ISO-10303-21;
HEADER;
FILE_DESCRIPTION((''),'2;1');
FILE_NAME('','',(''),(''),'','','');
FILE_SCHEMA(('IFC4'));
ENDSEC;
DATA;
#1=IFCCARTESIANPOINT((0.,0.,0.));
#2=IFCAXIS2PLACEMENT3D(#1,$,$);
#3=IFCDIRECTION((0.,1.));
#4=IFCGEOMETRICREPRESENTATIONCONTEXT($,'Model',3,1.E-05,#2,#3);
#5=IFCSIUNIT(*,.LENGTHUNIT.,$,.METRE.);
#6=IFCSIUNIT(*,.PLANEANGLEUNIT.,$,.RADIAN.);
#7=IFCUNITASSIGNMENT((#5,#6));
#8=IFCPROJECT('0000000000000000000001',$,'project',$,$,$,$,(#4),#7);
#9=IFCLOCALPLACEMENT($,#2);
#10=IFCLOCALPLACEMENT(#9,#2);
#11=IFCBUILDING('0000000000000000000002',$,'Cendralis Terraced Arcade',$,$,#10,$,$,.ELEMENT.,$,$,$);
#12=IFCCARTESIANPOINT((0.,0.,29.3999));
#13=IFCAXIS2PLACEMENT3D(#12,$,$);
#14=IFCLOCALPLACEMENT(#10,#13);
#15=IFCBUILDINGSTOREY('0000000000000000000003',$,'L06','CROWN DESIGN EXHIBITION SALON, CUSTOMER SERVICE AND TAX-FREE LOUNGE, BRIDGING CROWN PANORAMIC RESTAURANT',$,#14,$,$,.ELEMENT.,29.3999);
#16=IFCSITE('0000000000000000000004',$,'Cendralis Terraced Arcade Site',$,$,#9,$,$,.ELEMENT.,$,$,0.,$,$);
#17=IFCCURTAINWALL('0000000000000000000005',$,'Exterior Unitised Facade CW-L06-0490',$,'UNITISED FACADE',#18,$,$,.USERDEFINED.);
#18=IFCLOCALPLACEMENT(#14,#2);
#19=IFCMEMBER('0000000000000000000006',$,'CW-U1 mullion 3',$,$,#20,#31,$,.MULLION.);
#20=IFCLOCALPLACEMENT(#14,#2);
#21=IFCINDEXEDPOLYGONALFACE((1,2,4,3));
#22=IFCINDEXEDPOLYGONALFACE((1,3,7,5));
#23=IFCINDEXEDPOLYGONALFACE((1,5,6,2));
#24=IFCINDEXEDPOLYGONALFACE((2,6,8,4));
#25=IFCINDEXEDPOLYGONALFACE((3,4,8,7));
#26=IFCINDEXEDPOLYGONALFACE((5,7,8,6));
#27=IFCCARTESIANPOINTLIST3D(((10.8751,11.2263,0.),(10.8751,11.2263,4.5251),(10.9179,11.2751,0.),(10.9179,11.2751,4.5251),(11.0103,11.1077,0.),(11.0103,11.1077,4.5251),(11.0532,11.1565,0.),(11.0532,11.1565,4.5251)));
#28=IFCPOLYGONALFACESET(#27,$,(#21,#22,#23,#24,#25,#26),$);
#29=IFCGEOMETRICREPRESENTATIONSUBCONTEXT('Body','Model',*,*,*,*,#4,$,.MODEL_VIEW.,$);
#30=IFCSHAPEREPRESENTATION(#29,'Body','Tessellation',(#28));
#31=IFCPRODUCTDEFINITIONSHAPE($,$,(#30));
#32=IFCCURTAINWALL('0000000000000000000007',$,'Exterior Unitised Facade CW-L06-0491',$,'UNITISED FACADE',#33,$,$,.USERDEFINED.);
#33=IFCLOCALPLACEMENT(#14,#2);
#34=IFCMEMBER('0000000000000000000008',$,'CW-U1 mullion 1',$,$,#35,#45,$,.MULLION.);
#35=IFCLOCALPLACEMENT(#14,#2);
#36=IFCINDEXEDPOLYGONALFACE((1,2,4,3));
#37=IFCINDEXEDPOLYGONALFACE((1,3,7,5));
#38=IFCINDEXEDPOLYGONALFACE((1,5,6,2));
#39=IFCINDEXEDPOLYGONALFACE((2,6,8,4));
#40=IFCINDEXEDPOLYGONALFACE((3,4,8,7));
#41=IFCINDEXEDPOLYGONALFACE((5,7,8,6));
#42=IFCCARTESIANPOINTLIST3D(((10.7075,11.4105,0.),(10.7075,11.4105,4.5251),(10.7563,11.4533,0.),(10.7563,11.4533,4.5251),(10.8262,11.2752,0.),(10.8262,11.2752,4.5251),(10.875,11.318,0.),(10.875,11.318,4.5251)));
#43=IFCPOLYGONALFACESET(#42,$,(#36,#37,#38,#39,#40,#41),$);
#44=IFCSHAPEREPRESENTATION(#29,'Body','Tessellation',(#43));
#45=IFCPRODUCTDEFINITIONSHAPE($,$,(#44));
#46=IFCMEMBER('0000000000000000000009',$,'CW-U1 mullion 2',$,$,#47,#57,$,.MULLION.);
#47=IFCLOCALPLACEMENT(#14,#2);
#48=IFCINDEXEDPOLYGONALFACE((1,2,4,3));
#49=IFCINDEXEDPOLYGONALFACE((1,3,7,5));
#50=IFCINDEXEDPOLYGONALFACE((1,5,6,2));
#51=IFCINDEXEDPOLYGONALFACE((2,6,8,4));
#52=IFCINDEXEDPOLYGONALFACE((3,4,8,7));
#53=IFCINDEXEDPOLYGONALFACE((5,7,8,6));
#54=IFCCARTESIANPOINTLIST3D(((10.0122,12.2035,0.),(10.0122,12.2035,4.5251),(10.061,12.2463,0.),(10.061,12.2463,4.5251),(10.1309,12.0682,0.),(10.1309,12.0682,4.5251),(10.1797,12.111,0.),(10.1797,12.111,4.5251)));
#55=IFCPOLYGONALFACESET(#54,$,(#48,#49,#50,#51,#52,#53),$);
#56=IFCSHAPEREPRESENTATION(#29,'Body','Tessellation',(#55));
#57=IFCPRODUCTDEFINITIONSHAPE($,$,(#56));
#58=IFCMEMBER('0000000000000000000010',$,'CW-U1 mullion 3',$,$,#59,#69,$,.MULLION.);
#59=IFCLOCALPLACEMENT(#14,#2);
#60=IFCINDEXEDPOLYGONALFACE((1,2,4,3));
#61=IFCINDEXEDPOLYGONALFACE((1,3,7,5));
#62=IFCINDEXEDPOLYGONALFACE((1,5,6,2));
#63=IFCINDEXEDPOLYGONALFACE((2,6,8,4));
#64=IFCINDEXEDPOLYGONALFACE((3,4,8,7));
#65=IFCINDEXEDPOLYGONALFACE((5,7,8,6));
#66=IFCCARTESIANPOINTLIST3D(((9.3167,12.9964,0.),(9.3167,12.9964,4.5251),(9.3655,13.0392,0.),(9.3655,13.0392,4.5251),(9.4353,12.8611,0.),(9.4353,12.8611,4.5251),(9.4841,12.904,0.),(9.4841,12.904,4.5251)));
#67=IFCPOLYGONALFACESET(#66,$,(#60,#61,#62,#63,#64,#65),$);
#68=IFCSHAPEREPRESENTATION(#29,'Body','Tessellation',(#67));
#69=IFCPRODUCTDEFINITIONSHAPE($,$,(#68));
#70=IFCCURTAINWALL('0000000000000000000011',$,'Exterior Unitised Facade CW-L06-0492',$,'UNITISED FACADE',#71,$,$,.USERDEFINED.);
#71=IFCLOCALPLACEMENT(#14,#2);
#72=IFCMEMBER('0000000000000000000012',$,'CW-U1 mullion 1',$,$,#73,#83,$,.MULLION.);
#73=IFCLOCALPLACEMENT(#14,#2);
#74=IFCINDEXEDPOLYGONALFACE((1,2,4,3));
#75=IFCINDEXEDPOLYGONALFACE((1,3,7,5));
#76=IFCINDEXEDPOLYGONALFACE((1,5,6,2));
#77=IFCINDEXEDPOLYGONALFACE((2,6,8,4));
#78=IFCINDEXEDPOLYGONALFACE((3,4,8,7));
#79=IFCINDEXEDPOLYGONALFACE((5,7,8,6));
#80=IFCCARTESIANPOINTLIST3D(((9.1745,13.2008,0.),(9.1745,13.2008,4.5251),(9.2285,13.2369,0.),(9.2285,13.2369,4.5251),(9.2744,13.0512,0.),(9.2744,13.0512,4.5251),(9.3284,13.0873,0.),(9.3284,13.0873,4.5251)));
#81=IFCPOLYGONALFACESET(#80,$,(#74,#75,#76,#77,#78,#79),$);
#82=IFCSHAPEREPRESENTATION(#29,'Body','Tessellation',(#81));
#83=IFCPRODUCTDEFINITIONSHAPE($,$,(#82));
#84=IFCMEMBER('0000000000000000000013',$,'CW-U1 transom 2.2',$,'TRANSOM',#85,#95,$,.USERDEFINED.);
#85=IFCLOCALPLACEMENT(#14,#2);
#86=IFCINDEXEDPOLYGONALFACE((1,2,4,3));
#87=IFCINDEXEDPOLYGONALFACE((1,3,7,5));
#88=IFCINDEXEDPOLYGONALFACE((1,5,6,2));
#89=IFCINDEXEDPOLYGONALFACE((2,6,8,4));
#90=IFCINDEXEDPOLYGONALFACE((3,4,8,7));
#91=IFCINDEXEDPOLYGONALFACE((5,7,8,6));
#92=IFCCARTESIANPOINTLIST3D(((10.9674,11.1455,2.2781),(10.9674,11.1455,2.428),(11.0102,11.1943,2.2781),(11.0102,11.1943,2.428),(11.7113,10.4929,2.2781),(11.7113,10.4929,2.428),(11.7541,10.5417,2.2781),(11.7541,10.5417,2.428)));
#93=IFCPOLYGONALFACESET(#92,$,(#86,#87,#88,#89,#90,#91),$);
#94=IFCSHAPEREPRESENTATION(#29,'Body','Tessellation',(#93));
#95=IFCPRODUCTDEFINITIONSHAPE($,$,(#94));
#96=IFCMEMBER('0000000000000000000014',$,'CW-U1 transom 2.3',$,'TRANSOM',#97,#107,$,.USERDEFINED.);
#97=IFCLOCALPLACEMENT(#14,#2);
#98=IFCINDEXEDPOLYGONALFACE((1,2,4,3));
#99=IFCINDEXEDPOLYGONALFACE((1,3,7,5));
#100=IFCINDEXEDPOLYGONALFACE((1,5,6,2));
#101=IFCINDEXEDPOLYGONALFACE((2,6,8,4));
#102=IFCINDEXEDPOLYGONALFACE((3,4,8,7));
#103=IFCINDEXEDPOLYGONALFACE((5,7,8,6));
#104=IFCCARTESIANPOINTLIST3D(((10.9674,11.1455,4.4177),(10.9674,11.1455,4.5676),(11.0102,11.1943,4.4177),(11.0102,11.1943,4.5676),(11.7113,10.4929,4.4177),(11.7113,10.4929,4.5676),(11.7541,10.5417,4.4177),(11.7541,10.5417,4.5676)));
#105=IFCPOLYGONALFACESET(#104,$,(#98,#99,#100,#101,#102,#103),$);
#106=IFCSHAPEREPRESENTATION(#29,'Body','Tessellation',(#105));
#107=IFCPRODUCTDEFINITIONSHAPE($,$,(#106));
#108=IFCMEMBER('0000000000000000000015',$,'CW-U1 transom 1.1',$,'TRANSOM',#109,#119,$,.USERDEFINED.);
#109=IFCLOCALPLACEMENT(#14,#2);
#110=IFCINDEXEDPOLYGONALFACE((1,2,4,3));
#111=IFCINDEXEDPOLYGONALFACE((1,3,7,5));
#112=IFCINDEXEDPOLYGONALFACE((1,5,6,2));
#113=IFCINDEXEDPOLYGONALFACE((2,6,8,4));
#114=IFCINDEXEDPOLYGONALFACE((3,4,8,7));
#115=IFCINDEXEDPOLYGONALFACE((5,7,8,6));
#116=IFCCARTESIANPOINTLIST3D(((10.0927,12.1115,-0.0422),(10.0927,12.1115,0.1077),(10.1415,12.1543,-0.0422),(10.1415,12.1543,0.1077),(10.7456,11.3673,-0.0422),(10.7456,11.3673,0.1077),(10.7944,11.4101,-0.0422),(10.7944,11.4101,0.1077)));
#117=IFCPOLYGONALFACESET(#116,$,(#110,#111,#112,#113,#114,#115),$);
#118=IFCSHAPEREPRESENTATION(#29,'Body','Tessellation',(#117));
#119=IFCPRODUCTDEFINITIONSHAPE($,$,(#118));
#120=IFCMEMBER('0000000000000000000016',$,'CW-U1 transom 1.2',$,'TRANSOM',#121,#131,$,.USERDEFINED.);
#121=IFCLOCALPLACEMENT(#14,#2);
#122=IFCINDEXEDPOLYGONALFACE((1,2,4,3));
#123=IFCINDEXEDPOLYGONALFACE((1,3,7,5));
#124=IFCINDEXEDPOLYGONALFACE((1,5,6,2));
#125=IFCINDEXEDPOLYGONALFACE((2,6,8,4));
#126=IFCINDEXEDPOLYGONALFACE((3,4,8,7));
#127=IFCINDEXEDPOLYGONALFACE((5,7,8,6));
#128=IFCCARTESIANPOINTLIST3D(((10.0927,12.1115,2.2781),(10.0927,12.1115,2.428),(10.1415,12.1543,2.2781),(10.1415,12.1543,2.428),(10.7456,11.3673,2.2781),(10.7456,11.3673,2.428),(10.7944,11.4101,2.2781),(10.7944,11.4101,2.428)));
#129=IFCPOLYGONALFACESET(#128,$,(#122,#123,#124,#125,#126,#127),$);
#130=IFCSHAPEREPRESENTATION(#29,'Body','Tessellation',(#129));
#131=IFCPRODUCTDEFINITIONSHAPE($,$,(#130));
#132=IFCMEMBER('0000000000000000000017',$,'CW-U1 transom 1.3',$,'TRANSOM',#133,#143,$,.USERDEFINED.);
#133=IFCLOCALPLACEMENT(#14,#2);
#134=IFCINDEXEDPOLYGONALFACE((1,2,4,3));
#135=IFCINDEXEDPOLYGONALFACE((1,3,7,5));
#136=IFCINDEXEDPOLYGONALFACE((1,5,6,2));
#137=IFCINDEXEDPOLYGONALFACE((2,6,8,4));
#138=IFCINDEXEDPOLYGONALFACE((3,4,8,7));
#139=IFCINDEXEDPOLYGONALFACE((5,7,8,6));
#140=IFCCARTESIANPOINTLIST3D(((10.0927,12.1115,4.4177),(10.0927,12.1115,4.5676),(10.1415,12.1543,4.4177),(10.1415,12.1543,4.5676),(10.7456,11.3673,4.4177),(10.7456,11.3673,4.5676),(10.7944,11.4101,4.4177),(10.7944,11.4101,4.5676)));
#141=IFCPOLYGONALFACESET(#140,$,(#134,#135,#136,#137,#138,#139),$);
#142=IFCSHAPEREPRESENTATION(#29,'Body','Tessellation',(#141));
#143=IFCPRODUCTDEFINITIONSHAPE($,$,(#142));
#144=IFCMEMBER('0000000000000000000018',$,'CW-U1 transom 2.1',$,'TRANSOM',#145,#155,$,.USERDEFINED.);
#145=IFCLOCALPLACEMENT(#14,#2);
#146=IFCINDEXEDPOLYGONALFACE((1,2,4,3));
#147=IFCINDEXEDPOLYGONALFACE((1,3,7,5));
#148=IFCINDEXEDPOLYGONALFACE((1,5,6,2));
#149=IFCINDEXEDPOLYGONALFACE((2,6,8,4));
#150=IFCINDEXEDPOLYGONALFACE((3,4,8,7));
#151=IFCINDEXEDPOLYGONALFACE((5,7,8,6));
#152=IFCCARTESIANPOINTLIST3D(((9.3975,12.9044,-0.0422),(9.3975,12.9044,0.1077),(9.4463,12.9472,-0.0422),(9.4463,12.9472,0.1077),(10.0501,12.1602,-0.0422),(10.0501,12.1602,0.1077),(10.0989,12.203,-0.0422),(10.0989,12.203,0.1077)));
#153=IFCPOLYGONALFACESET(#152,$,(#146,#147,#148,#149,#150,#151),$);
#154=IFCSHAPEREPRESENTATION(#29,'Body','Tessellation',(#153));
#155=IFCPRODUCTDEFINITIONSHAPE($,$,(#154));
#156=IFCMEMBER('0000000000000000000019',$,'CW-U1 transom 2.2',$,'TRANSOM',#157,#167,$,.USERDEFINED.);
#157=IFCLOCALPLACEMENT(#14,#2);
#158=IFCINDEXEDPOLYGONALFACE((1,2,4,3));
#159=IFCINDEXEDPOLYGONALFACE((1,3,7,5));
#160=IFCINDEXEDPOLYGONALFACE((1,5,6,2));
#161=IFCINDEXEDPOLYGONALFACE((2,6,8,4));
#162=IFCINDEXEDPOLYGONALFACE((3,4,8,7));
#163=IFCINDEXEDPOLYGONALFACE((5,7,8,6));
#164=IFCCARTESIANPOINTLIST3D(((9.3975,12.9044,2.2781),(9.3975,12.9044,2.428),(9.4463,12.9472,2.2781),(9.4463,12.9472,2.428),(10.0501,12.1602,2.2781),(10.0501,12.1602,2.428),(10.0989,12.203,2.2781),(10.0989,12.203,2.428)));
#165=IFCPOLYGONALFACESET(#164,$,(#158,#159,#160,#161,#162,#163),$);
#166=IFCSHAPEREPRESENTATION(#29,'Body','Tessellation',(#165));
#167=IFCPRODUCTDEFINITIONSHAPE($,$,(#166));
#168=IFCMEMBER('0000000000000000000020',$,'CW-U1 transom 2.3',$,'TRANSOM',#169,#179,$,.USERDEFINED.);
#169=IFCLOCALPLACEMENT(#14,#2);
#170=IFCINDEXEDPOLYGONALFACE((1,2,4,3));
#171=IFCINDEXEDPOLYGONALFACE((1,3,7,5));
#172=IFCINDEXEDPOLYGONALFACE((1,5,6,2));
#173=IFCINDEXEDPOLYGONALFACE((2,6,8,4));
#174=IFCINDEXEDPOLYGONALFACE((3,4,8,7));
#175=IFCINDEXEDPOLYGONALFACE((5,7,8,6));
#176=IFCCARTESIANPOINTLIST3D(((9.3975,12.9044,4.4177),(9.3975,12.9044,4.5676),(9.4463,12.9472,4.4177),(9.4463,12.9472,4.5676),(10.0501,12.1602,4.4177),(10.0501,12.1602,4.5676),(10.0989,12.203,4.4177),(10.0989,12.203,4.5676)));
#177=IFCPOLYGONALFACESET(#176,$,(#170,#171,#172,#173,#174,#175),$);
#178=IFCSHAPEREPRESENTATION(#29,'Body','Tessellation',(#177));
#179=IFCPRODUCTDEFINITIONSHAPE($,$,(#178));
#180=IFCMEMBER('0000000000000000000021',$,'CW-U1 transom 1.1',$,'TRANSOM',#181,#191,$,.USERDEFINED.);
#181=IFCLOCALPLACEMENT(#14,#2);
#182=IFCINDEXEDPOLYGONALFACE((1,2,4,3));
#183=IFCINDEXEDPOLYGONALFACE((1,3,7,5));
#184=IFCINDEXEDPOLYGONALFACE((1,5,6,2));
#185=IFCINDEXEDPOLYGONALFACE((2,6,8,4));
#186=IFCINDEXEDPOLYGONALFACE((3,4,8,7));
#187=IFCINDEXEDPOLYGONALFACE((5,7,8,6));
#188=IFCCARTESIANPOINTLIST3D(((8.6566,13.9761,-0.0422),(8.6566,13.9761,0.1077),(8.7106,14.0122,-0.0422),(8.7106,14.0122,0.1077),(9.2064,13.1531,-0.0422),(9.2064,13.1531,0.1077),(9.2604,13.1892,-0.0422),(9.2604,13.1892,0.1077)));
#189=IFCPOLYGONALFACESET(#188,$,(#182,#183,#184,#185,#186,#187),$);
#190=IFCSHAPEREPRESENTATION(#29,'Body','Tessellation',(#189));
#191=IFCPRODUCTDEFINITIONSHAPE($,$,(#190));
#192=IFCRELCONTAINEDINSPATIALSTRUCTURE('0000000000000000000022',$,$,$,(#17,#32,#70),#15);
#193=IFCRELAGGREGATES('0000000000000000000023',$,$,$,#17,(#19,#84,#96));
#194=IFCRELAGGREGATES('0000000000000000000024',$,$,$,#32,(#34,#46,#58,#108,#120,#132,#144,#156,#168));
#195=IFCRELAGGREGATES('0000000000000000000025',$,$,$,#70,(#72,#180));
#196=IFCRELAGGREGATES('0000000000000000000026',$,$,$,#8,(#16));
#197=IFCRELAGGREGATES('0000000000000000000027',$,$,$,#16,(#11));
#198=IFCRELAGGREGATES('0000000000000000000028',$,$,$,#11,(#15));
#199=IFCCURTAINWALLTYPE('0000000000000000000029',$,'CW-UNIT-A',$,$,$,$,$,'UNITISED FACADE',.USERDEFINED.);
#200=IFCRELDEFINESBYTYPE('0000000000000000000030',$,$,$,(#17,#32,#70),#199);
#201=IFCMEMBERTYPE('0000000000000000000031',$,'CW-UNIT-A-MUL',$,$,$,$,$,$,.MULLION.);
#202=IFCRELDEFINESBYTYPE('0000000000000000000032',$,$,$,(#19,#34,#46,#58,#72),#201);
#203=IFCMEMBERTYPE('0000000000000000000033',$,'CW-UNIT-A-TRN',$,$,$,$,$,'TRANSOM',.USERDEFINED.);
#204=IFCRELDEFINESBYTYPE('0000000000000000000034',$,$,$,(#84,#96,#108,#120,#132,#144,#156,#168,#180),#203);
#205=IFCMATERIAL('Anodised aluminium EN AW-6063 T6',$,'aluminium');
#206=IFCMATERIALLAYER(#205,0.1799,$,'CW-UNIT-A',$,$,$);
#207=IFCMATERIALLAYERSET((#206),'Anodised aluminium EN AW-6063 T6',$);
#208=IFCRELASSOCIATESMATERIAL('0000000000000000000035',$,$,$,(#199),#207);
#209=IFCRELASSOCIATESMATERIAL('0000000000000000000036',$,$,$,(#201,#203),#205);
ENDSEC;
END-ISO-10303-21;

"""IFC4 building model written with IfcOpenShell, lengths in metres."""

from ifc_helpers import new_model, si_unit, direction, frame, origin, origin_2d, place, context, subcontext, project, spatial, rectangle, extrude, material, layer, layer_set, material_profile, profile_set, type_object, element, aggregate, save


model = new_model("IFC4")

# Units and contexts
model_context = context("Model", 3, precision=1e-05, world=origin(), true_north=direction((0.0, 1.0)))
body_context = subcontext(model_context, "Body", "Model", "MODEL_VIEW")
ifc_project = project(units=[si_unit("LENGTHUNIT", "METRE"), si_unit("PLANEANGLEUNIT", "RADIAN")], contexts=[model_context])

# Site, building, storey
site_placement = place(None, origin())
site = spatial("IfcSite", under=ifc_project, at=site_placement, Name="Cendralis Terraced Arcade Site", CompositionType="ELEMENT", RefElevation=0.0)
building_placement = place(site_placement, origin())
building = spatial("IfcBuilding", under=site, at=building_placement, Name="Cendralis Terraced Arcade", CompositionType="ELEMENT")
storey_placement = place(building_placement, frame((0.0, 0.0, 29.3999)))
storey = spatial("IfcBuildingStorey", under=building, at=storey_placement, Name="L06", Description="CROWN DESIGN EXHIBITION SALON, CUSTOMER SERVICE AND TAX-FREE LOUNGE, BRIDGING CROWN PANORAMIC RESTAURANT", CompositionType="ELEMENT", Elevation=29.3999)

# Curtain wall, member
ifc_material_1 = material(Name="Anodised aluminium EN AW-6063 T6", Category="aluminium")
ifc_layer_1 = layer(ifc_material_1, 0.1799, Name="CW-UNIT-A")
ifc_layer_set_1 = layer_set([ifc_layer_1], Name="Anodised aluminium EN AW-6063 T6")
curtain_wall_type = type_object("IfcCurtainWallType", Name="CW-UNIT-A", ElementType="UNITISED FACADE", PredefinedType="USERDEFINED", material=ifc_layer_set_1)
curtain_wall_1_placement = place(storey_placement, origin())
curtain_wall_1 = element("IfcCurtainWall", 1, at=curtain_wall_1_placement, inside=storey, type_object=curtain_wall_type, Name="Exterior Unitised Facade CW-L06-0490", ObjectType="UNITISED FACADE", PredefinedType="USERDEFINED")
ifc_material_profile_1 = material_profile(ifc_material_1, rectangle(XDim=0.0649, YDim=0.1799, at=origin_2d()), Name="ALU-MUL-65x180")
ifc_profile_set_1 = profile_set([ifc_material_profile_1], Name="Anodised aluminium EN AW-6063 T6")
member_type_1 = type_object("IfcMemberType", Name="CW-UNIT-A-MUL", PredefinedType="MULLION", material=ifc_profile_set_1)
member_1_placement = place(storey_placement, frame((10.9641, 11.1914, 0.0), z_axis=(0.0, 0.0, 1.0), x_axis=(-0.659403, -0.75179, 0.0)))
member_1 = element("IfcMember", 2, at=member_1_placement, type_object=member_type_1, Name="CW-U1 mullion 3", PredefinedType="MULLION", context=body_context, shape_type="SweptSolid", body=[
    extrude(rectangle(XDim=0.0649, YDim=0.1799, at=origin_2d()), origin(), (0.0, 0.0, 1.0), 4.5251),
])

# Curtain wall, members
curtain_wall_2_placement = place(storey_placement, origin())
curtain_wall_2 = element("IfcCurtainWall", 3, at=curtain_wall_2_placement, inside=storey, type_object=curtain_wall_type, Name="Exterior Unitised Facade CW-L06-0491", ObjectType="UNITISED FACADE", PredefinedType="USERDEFINED")
member_2_placement = place(storey_placement, frame((10.7913, 11.3643, 0.0), z_axis=(0.0, 0.0, 1.0), x_axis=(-0.75179, -0.659403, 0.0)))
member_2 = element("IfcMember", 4, at=member_2_placement, type_object=member_type_1, Name="CW-U1 mullion 1", PredefinedType="MULLION", context=body_context, shape_type="SweptSolid", body=[
    extrude(rectangle(XDim=0.0649, YDim=0.1799, at=origin_2d()), origin(), (0.0, 0.0, 1.0), 4.5251),
])
member_3_placement = place(storey_placement, frame((10.0959, 12.1572, 0.0), z_axis=(0.0, 0.0, 1.0), x_axis=(-0.75179, -0.659403, 0.0)))
member_3 = element("IfcMember", 5, at=member_3_placement, type_object=member_type_1, Name="CW-U1 mullion 2", PredefinedType="MULLION", context=body_context, shape_type="SweptSolid", body=[
    extrude(rectangle(XDim=0.0649, YDim=0.1799, at=origin_2d()), origin(), (0.0, 0.0, 1.0), 4.5251),
])
member_4_placement = place(storey_placement, frame((9.4004, 12.9502, 0.0), z_axis=(0.0, 0.0, 1.0), x_axis=(-0.75179, -0.659403, 0.0)))
member_4 = element("IfcMember", 6, at=member_4_placement, type_object=member_type_1, Name="CW-U1 mullion 3", PredefinedType="MULLION", context=body_context, shape_type="SweptSolid", body=[
    extrude(rectangle(XDim=0.0649, YDim=0.1799, at=origin_2d()), origin(), (0.0, 0.0, 1.0), 4.5251),
])

# Curtain wall, member
curtain_wall_3_placement = place(storey_placement, origin())
curtain_wall_3 = element("IfcCurtainWall", 7, at=curtain_wall_3_placement, inside=storey, type_object=curtain_wall_type, Name="Exterior Unitised Facade CW-L06-0492", ObjectType="UNITISED FACADE", PredefinedType="USERDEFINED")
member_5_placement = place(storey_placement, frame((9.2515, 13.144, 0.0), z_axis=(0.0, 0.0, 1.0), x_axis=(-0.831477, -0.555559, 0.0)))
member_5 = element("IfcMember", 8, at=member_5_placement, type_object=member_type_1, Name="CW-U1 mullion 1", PredefinedType="MULLION", context=body_context, shape_type="SweptSolid", body=[
    extrude(rectangle(XDim=0.0649, YDim=0.1799, at=origin_2d()), origin(), (0.0, 0.0, 1.0), 4.5251),
])

# Members
ifc_material_profile_2 = material_profile(ifc_material_1, rectangle(XDim=0.0649, YDim=0.1499, at=origin_2d()), Name="ALU-TRN-65x150")
ifc_profile_set_2 = profile_set([ifc_material_profile_2], Name="Anodised aluminium EN AW-6063 T6")
member_type_2 = type_object("IfcMemberType", Name="CW-UNIT-A-TRN", ElementType="TRANSOM", PredefinedType="USERDEFINED", material=ifc_profile_set_2)
member_6_placement = place(storey_placement, frame((11.7327, 10.5173, 2.353), z_axis=(-0.751736, 0.659465, 0.0), x_axis=(-0.659465, -0.751736, 0.0)))
member_6 = element("IfcMember", 9, at=member_6_placement, type_object=member_type_2, Name="CW-U1 transom 2.2", ObjectType="TRANSOM", PredefinedType="USERDEFINED", context=body_context, shape_type="SweptSolid", body=[
    extrude(rectangle(XDim=0.0649, YDim=0.1499, at=origin_2d()), origin(), (0.0, 0.0, 1.0), 0.9895),
])
member_7_placement = place(storey_placement, frame((11.7327, 10.5173, 4.4927), z_axis=(-0.751736, 0.659465, 0.0), x_axis=(-0.659465, -0.751736, 0.0)))
member_7 = element("IfcMember", 10, at=member_7_placement, type_object=member_type_2, Name="CW-U1 transom 2.3", ObjectType="TRANSOM", PredefinedType="USERDEFINED", context=body_context, shape_type="SweptSolid", body=[
    extrude(rectangle(XDim=0.0649, YDim=0.1499, at=origin_2d()), origin(), (0.0, 0.0, 1.0), 0.9895),
])
member_8_placement = place(storey_placement, frame((10.77, 11.3887, 0.0327), z_axis=(-0.659482, 0.751721, 0.0), x_axis=(-0.751721, -0.659482, 0.0)))
member_8 = element("IfcMember", 11, at=member_8_placement, type_object=member_type_2, Name="CW-U1 transom 1.1", ObjectType="TRANSOM", PredefinedType="USERDEFINED", context=body_context, shape_type="SweptSolid", body=[
    extrude(rectangle(XDim=0.0649, YDim=0.1499, at=origin_2d()), origin(), (0.0, 0.0, 1.0), 0.99),
])
member_9_placement = place(storey_placement, frame((10.77, 11.3887, 2.353), z_axis=(-0.659482, 0.751721, 0.0), x_axis=(-0.751721, -0.659482, 0.0)))
member_9 = element("IfcMember", 12, at=member_9_placement, type_object=member_type_2, Name="CW-U1 transom 1.2", ObjectType="TRANSOM", PredefinedType="USERDEFINED", context=body_context, shape_type="SweptSolid", body=[
    extrude(rectangle(XDim=0.0649, YDim=0.1499, at=origin_2d()), origin(), (0.0, 0.0, 1.0), 0.99),
])
member_10_placement = place(storey_placement, frame((10.77, 11.3887, 4.4927), z_axis=(-0.659482, 0.751721, 0.0), x_axis=(-0.751721, -0.659482, 0.0)))
member_10 = element("IfcMember", 13, at=member_10_placement, type_object=member_type_2, Name="CW-U1 transom 1.3", ObjectType="TRANSOM", PredefinedType="USERDEFINED", context=body_context, shape_type="SweptSolid", body=[
    extrude(rectangle(XDim=0.0649, YDim=0.1499, at=origin_2d()), origin(), (0.0, 0.0, 1.0), 0.99),
])
member_11_placement = place(storey_placement, frame((10.0745, 12.1816, 0.0327), z_axis=(-0.659342, 0.751843, 0.0), x_axis=(-0.751843, -0.659342, 0.0)))
member_11 = element("IfcMember", 14, at=member_11_placement, type_object=member_type_2, Name="CW-U1 transom 2.1", ObjectType="TRANSOM", PredefinedType="USERDEFINED", context=body_context, shape_type="SweptSolid", body=[
    extrude(rectangle(XDim=0.0649, YDim=0.1499, at=origin_2d()), origin(), (0.0, 0.0, 1.0), 0.9897),
])
member_12_placement = place(storey_placement, frame((10.0745, 12.1816, 2.353), z_axis=(-0.659342, 0.751843, 0.0), x_axis=(-0.751843, -0.659342, 0.0)))
member_12 = element("IfcMember", 15, at=member_12_placement, type_object=member_type_2, Name="CW-U1 transom 2.2", ObjectType="TRANSOM", PredefinedType="USERDEFINED", context=body_context, shape_type="SweptSolid", body=[
    extrude(rectangle(XDim=0.0649, YDim=0.1499, at=origin_2d()), origin(), (0.0, 0.0, 1.0), 0.9897),
])
member_13_placement = place(storey_placement, frame((10.0745, 12.1816, 4.4927), z_axis=(-0.659342, 0.751843, 0.0), x_axis=(-0.751843, -0.659342, 0.0)))
member_13 = element("IfcMember", 16, at=member_13_placement, type_object=member_type_2, Name="CW-U1 transom 2.3", ObjectType="TRANSOM", PredefinedType="USERDEFINED", context=body_context, shape_type="SweptSolid", body=[
    extrude(rectangle(XDim=0.0649, YDim=0.1499, at=origin_2d()), origin(), (0.0, 0.0, 1.0), 0.9897),
])
member_14_placement = place(storey_placement, frame((9.2334, 13.1711, 0.0327), z_axis=(-0.555497, 0.831519, 0.0), x_axis=(-0.831519, -0.555497, 0.0)))
member_14 = element("IfcMember", 17, at=member_14_placement, type_object=member_type_2, Name="CW-U1 transom 1.1", ObjectType="TRANSOM", PredefinedType="USERDEFINED", context=body_context, shape_type="SweptSolid", body=[
    extrude(rectangle(XDim=0.0649, YDim=0.1499, at=origin_2d()), origin(), (0.0, 0.0, 1.0), 0.9897),
])

aggregate(curtain_wall_1, [member_1, member_6, member_7])
aggregate(curtain_wall_2, [member_2, member_3, member_4, member_8, member_9, member_10, member_11, member_12, member_13])
aggregate(curtain_wall_3, [member_5, member_14])

save(model, "model.ifc")
